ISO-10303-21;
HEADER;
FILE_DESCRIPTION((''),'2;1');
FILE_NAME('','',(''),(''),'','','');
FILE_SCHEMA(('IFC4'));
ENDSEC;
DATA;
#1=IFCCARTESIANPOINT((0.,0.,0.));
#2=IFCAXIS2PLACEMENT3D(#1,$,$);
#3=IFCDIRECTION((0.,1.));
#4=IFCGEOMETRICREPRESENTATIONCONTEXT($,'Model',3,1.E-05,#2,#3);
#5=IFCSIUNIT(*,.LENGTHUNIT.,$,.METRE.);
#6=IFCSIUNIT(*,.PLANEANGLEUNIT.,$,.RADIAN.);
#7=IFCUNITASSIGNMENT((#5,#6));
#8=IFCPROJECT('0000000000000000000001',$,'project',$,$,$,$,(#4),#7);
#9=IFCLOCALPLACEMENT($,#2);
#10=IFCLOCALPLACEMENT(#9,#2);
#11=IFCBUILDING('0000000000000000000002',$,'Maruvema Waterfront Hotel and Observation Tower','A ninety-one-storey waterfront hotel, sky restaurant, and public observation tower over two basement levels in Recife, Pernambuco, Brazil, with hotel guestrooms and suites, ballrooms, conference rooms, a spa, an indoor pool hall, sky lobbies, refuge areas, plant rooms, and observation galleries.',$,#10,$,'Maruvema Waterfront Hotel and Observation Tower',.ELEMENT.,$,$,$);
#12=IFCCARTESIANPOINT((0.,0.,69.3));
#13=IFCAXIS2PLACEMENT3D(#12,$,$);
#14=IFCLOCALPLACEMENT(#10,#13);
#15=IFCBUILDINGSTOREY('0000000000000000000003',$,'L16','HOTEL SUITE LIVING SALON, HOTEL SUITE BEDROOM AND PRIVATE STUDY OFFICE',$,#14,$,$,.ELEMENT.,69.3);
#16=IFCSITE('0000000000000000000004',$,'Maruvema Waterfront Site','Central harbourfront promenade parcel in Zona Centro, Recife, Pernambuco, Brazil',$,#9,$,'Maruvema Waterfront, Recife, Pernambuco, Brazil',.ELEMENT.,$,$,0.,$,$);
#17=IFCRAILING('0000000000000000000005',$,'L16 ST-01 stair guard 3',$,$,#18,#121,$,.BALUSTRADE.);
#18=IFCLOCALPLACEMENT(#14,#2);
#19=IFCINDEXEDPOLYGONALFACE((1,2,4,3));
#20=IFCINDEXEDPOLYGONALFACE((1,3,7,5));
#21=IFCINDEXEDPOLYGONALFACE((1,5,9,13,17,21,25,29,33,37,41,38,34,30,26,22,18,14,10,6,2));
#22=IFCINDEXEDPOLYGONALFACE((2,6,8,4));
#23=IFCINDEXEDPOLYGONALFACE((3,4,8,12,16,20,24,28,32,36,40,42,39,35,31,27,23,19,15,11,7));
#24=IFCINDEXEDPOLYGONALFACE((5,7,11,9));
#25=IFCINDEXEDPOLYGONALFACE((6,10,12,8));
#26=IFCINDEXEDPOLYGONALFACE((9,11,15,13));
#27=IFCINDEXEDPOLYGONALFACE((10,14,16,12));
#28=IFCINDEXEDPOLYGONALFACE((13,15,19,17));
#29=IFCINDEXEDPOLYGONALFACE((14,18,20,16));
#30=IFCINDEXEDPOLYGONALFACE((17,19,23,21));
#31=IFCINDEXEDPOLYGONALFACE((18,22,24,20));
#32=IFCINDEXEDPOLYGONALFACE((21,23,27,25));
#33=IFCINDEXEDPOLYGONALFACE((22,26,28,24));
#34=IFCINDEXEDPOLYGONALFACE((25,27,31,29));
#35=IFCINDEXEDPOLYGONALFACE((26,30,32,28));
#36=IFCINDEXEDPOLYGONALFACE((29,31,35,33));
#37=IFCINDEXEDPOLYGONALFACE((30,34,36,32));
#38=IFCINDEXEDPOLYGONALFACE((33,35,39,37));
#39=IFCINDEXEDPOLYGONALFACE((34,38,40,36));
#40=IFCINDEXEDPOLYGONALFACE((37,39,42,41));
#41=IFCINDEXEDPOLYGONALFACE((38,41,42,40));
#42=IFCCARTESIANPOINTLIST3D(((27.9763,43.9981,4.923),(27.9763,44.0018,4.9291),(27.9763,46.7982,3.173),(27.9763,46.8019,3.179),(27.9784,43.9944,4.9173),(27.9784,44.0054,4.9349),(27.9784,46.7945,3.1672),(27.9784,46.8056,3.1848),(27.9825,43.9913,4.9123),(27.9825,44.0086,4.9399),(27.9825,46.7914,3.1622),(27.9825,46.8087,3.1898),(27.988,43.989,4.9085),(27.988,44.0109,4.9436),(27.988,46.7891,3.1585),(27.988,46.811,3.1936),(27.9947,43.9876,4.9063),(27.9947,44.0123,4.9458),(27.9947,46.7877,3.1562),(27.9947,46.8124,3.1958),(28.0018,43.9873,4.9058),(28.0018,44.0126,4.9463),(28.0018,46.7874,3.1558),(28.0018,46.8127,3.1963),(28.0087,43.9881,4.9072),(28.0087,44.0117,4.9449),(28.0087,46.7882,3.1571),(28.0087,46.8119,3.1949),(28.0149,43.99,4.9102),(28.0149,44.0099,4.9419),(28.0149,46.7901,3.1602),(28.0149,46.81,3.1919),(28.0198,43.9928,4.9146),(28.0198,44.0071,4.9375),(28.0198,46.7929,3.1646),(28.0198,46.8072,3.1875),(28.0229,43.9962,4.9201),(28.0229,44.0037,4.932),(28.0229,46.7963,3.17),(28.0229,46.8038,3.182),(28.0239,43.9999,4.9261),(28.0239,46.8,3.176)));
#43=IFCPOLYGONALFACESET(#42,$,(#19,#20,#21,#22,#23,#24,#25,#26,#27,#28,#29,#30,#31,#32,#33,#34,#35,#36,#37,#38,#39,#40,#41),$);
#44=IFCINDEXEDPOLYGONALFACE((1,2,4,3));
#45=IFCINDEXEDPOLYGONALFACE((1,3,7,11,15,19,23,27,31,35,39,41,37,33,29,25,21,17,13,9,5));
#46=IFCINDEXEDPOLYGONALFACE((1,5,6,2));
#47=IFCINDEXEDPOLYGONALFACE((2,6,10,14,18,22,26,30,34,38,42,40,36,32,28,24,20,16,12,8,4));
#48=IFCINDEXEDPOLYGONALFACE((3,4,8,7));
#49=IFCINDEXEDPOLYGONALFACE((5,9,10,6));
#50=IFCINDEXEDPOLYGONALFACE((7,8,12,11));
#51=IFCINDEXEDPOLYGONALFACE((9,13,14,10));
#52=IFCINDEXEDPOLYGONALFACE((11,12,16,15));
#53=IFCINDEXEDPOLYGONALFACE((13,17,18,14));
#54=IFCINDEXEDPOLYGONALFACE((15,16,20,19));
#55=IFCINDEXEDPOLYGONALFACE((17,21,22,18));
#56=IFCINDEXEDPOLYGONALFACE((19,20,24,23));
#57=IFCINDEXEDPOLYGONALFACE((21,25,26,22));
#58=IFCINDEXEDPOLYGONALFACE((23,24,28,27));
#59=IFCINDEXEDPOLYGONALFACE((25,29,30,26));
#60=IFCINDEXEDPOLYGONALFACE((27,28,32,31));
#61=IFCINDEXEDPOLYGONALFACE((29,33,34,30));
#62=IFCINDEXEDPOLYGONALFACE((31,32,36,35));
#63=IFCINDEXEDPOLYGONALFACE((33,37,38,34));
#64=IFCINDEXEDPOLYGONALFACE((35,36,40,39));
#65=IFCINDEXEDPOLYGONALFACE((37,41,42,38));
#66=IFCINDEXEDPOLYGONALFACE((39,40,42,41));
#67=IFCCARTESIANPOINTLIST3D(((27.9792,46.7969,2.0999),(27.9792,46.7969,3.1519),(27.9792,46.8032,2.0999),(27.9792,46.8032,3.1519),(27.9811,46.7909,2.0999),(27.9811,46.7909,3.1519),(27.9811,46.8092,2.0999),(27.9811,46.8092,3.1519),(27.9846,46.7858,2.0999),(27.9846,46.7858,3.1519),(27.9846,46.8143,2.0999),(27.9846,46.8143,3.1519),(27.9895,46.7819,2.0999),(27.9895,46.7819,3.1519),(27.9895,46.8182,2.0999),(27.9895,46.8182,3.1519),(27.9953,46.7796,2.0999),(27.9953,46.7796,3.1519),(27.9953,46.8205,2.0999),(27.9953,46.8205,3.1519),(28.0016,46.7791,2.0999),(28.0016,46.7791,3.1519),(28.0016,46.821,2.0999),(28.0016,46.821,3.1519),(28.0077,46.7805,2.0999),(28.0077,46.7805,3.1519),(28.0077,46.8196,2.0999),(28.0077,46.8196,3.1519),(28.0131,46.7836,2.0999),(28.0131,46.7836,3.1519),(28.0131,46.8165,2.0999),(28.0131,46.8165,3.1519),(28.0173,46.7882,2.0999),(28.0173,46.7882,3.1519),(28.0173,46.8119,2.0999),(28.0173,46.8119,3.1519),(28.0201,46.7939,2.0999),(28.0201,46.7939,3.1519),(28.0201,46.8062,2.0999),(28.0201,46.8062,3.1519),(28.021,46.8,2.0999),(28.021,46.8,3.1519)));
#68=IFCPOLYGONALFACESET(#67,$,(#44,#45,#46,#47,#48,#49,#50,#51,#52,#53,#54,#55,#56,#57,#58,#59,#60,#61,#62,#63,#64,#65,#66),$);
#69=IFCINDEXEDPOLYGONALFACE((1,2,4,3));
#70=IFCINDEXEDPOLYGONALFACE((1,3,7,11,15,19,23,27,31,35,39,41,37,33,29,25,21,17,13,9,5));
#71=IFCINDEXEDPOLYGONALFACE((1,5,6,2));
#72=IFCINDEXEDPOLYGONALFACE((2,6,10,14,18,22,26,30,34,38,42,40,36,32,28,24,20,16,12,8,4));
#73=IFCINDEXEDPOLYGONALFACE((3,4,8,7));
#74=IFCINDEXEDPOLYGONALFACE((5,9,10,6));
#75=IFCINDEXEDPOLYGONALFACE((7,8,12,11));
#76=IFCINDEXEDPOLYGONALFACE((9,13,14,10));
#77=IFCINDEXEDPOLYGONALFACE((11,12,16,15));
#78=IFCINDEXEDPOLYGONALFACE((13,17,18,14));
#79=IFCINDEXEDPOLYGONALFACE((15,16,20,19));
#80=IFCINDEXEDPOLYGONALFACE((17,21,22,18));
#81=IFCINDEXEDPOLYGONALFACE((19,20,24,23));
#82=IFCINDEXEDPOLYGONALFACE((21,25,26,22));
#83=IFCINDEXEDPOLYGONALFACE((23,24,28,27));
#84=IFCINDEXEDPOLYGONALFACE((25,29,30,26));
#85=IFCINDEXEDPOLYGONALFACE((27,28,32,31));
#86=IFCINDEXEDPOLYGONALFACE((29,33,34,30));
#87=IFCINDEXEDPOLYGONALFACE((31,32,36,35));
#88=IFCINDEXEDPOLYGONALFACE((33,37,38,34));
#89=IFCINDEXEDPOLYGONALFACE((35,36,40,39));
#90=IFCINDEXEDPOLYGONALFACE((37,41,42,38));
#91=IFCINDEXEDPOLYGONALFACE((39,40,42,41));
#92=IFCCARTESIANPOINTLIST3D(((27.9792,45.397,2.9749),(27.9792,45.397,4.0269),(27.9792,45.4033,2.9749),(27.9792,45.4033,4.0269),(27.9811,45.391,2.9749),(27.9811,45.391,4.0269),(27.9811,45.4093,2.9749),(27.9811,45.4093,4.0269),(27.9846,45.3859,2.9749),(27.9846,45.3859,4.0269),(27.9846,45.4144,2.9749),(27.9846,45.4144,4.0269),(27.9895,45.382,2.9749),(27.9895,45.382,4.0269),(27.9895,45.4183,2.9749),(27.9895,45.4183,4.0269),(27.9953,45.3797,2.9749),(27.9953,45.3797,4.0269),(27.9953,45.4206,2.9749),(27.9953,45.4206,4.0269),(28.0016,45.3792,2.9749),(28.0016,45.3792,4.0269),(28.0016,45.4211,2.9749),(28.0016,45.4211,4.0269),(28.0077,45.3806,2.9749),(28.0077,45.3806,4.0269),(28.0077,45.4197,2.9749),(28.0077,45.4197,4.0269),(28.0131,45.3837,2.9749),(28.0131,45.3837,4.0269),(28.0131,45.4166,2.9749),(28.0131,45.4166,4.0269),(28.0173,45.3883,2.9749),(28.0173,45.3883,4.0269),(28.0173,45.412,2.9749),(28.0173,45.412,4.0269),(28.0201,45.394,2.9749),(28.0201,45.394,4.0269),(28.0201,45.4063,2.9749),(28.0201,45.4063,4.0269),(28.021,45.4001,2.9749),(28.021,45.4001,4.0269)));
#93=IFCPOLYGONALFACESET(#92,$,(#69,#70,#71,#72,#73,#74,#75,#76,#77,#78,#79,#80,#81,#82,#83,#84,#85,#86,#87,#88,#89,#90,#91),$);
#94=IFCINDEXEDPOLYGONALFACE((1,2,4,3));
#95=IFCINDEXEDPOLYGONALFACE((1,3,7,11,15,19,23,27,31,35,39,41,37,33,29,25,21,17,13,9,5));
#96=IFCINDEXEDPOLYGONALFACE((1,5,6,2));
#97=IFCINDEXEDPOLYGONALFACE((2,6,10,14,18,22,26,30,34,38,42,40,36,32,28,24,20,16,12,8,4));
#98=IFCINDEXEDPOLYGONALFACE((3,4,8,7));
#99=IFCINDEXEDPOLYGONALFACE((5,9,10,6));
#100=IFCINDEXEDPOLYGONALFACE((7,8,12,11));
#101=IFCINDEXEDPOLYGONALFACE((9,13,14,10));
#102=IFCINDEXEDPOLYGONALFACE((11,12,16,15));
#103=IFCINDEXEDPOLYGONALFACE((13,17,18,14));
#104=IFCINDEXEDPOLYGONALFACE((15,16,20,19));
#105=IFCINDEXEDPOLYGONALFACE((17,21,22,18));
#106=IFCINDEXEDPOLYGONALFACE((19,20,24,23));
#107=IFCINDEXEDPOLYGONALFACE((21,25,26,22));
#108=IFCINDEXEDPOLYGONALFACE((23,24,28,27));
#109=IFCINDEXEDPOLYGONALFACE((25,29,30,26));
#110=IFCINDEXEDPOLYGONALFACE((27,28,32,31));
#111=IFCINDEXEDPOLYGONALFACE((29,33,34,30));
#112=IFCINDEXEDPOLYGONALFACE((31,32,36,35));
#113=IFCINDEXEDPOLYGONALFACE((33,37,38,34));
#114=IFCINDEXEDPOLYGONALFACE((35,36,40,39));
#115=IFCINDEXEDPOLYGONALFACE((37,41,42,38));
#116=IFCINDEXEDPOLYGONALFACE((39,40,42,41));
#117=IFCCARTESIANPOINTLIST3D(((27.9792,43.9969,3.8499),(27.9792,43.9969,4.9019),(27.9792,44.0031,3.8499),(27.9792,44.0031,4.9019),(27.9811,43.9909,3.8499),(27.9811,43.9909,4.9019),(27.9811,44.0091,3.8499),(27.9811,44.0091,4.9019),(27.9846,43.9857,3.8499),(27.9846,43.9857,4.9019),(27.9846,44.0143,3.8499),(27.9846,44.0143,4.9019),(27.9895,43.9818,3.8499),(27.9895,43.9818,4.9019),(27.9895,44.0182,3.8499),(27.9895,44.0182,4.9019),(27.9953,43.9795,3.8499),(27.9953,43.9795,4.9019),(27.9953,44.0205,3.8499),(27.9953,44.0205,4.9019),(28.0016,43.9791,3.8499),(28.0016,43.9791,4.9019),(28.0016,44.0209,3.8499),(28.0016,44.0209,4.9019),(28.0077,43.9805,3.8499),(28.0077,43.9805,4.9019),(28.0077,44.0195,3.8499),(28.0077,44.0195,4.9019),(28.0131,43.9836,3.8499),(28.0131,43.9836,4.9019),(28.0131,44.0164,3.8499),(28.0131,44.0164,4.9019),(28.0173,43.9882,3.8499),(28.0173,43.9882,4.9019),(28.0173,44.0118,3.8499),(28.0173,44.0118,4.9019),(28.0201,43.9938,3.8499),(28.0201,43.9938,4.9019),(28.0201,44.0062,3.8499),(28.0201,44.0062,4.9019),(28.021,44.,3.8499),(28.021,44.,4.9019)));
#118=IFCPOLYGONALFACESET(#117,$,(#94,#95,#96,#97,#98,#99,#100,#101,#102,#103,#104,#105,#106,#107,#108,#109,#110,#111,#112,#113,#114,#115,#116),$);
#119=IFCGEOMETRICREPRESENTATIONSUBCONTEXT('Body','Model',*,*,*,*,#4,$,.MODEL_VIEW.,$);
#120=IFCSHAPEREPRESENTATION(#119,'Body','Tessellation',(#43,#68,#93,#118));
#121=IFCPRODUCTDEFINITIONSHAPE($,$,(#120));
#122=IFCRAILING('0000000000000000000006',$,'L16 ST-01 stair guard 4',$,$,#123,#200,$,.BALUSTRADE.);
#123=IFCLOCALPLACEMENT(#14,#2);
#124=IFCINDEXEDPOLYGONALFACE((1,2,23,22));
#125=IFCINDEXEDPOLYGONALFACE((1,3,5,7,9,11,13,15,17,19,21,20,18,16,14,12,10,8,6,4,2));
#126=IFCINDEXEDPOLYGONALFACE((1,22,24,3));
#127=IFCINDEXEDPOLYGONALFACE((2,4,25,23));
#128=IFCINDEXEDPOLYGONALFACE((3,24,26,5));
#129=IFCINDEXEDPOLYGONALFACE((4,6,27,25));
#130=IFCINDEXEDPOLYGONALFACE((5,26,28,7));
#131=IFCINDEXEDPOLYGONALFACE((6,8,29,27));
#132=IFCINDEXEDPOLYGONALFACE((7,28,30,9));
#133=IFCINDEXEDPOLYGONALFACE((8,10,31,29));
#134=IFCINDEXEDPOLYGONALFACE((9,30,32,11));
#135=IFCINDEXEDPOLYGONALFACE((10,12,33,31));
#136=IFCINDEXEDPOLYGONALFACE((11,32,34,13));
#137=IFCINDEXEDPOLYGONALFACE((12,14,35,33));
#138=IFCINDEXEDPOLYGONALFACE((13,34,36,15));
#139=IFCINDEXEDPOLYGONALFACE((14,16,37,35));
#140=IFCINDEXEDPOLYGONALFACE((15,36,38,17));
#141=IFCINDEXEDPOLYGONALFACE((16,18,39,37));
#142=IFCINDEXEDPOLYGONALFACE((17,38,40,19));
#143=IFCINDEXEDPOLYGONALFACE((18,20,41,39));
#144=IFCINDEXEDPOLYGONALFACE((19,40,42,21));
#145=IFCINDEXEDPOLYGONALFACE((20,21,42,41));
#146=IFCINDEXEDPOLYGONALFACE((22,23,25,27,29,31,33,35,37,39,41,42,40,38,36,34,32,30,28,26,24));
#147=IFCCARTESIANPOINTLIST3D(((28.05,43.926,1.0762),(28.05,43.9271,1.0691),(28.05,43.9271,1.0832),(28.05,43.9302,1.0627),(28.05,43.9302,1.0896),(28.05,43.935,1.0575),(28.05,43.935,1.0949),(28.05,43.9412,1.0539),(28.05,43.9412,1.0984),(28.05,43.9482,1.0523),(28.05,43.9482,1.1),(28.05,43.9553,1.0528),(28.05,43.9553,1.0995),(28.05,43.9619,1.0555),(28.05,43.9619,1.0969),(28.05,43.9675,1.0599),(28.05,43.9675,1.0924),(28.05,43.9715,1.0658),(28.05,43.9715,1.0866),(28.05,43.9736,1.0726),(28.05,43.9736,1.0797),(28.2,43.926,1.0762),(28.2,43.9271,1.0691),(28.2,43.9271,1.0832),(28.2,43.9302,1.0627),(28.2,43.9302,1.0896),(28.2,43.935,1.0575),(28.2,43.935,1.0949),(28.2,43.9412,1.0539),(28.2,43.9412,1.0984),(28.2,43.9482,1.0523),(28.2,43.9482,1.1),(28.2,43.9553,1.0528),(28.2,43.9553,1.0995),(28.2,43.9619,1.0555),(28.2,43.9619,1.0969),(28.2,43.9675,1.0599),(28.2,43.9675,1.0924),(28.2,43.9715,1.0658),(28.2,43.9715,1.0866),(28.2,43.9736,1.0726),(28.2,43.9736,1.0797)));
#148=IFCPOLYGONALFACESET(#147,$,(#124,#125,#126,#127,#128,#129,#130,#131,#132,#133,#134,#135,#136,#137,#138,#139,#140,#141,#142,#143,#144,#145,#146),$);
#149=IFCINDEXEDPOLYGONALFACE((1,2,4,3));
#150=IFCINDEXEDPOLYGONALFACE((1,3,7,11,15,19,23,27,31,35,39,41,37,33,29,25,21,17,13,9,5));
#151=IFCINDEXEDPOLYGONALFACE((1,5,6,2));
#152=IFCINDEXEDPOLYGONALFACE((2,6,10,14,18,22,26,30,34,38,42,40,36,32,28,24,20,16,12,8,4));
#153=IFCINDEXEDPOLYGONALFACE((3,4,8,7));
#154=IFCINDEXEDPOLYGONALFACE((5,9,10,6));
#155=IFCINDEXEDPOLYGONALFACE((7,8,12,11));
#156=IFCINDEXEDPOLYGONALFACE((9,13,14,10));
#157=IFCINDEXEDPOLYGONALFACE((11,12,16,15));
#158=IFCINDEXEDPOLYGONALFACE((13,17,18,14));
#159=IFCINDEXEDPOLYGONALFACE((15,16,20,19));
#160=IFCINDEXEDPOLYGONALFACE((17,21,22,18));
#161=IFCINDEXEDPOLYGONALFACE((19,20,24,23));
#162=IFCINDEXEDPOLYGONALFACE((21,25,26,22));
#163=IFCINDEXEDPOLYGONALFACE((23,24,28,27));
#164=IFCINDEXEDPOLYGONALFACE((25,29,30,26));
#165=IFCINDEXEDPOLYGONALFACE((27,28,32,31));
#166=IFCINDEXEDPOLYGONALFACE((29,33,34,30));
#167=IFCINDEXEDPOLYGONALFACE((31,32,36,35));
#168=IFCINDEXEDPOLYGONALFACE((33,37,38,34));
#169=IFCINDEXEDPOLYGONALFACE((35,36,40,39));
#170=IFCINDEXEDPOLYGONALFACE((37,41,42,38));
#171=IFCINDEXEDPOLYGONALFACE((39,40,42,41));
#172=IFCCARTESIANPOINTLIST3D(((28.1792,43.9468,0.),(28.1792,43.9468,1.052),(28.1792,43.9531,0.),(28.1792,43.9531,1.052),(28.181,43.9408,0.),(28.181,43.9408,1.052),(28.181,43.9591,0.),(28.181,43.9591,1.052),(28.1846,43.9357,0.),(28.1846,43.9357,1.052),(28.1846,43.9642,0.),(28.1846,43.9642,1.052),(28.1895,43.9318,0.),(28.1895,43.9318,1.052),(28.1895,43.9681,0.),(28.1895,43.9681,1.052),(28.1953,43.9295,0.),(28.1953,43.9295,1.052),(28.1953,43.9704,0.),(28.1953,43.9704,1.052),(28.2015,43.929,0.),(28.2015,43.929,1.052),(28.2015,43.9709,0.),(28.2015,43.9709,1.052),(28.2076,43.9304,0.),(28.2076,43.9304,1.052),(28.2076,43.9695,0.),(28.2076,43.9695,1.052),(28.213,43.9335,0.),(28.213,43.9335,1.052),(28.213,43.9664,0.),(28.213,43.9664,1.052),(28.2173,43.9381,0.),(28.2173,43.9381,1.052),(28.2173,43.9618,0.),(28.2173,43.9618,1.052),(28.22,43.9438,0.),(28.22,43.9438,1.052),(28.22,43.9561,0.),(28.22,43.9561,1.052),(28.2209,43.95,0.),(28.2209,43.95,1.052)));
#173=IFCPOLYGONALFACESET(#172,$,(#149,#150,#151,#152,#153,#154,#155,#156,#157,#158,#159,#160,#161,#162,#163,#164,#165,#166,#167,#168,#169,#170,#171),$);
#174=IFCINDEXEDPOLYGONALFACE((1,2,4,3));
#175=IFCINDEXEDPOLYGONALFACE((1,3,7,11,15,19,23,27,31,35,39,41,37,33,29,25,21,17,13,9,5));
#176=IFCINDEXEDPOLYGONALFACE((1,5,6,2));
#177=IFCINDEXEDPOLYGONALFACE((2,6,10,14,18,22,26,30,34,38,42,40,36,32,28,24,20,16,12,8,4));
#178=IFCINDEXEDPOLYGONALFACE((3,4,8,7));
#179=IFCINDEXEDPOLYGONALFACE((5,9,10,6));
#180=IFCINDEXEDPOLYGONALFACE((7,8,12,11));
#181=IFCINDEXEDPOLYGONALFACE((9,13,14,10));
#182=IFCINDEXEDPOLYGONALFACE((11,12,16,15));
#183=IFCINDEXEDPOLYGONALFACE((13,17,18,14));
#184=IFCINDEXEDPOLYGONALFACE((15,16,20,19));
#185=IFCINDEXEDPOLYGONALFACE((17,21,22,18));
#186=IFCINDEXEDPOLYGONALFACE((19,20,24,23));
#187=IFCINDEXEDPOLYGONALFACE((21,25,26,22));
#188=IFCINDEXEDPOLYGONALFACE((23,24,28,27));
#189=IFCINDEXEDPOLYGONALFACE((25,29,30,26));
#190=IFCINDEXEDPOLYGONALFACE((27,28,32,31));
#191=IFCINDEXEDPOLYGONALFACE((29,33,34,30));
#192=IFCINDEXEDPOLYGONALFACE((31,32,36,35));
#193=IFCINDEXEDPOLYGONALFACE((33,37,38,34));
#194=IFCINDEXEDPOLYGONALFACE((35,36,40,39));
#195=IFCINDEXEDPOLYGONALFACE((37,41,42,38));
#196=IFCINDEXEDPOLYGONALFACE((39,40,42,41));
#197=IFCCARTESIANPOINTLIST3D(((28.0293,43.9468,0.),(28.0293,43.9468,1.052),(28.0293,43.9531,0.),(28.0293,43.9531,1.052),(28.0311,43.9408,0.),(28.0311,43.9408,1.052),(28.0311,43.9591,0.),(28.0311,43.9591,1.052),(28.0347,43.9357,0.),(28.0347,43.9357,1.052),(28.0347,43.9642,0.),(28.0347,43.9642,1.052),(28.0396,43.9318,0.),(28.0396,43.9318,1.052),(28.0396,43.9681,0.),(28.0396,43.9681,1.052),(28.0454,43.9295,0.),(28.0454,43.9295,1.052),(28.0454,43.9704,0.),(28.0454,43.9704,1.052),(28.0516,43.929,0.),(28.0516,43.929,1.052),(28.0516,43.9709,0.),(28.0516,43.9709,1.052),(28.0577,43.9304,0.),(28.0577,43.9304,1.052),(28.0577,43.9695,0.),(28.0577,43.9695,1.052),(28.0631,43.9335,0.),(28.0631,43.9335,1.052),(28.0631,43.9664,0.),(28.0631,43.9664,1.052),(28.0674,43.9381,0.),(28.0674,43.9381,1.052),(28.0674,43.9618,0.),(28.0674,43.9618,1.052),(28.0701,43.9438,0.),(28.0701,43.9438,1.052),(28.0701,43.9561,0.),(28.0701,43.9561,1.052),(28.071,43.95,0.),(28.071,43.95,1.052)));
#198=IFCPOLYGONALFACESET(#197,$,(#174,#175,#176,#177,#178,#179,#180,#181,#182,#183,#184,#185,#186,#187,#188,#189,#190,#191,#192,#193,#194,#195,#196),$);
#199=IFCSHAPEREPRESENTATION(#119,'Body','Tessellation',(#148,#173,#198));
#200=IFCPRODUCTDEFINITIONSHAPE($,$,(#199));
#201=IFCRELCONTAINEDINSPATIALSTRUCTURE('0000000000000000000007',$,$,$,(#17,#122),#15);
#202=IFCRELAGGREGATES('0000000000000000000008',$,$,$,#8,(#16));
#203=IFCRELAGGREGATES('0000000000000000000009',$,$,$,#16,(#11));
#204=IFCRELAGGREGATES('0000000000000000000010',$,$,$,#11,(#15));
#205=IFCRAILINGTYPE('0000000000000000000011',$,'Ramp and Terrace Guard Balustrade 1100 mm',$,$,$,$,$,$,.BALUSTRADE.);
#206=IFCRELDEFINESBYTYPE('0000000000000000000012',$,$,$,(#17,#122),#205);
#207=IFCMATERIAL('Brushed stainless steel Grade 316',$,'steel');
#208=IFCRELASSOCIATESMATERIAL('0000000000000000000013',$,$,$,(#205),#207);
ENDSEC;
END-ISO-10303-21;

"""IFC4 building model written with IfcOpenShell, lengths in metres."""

from ifc_helpers import new_model, si_unit, direction, frame, origin, origin_2d, place, context, subcontext, project, spatial, circle, extrude, material, type_object, element, save


model = new_model("IFC4")

# Units and contexts
model_context = context("Model", 3, precision=1e-05, world=origin(), true_north=direction((0.0, 1.0)))
body_context = subcontext(model_context, "Body", "Model", "MODEL_VIEW")
ifc_project = project(units=[si_unit("LENGTHUNIT", "METRE"), si_unit("PLANEANGLEUNIT", "RADIAN")], contexts=[model_context])

# Site, building, storey
site_placement = place(None, origin())
site = spatial("IfcSite", under=ifc_project, at=site_placement, Name="Maruvema Waterfront Site", Description="Central harbourfront promenade parcel in Zona Centro, Recife, Pernambuco, Brazil", LongName="Maruvema Waterfront, Recife, Pernambuco, Brazil", CompositionType="ELEMENT", RefElevation=0.0)
building_placement = place(site_placement, origin())
building = spatial("IfcBuilding", under=site, at=building_placement, Name="Maruvema Waterfront Hotel and Observation Tower", Description="A ninety-one-storey waterfront hotel, sky restaurant, and public observation tower over two basement levels in Recife, Pernambuco, Brazil, with hotel guestrooms and suites, ballrooms, conference rooms, a spa, an indoor pool hall, sky lobbies, refuge areas, plant rooms, and observation galleries.", LongName="Maruvema Waterfront Hotel and Observation Tower", CompositionType="ELEMENT")
storey_placement = place(building_placement, frame((0.0, 0.0, 69.3)))
storey = spatial("IfcBuildingStorey", under=building, at=storey_placement, Name="L16", Description="HOTEL SUITE LIVING SALON, HOTEL SUITE BEDROOM AND PRIVATE STUDY OFFICE", CompositionType="ELEMENT", Elevation=69.3)

# Railings
ifc_material_1 = material(Name="Brushed stainless steel Grade 316", Category="steel")
railing_type_1 = type_object("IfcRailingType", Name="Ramp and Terrace Guard Balustrade 1100 mm", PredefinedType="BALUSTRADE", material=ifc_material_1)
railing_1_placement = place(storey_placement, frame((28.0, 46.8, 2.0999)))
element("IfcRailing", 1, at=railing_1_placement, inside=storey, type_object=railing_type_1, Name="L16 ST-01 stair guard 3", PredefinedType="BALUSTRADE", context=body_context, shape_type="SweptSolid", body=[
    extrude(circle(Radius=0.0239, at=origin_2d()), frame((0.0, 0.0, 1.0762), z_axis=(0.0, -0.848002, 0.529992), x_axis=(1.0, 0.0, 0.0)), (0.0, 0.0, 1.0), 3.302),
    extrude(circle(Radius=0.021, at=origin_2d()), origin(), (0.0, 0.0, 1.0), 1.052),
    extrude(circle(Radius=0.021, at=origin_2d()), frame((0.0, -1.3999, 0.875)), (0.0, 0.0, 1.0), 1.052),
    extrude(circle(Radius=0.021, at=origin_2d()), frame((0.0, -2.8, 1.75)), (0.0, 0.0, 1.0), 1.052),
])
railing_2_placement = place(storey_placement, frame((28.2, 43.95, 0.0)))
element("IfcRailing", 2, at=railing_2_placement, inside=storey, type_object=railing_type_1, Name="L16 ST-01 stair guard 4", PredefinedType="BALUSTRADE", context=body_context, shape_type="SweptSolid", body=[
    extrude(circle(Radius=0.0239, at=origin_2d()), frame((0.0, 0.0, 1.0762), z_axis=(-1.0, 0.0, 0.0), x_axis=(0.0, -1.0, 0.0)), (0.0, 0.0, 1.0), 0.1499),
    extrude(circle(Radius=0.021, at=origin_2d()), origin(), (0.0, 0.0, 1.0), 1.052),
    extrude(circle(Radius=0.021, at=origin_2d()), frame((-0.1499, 0.0, 0.0)), (0.0, 0.0, 1.0), 1.052),
])

save(model, "model.ifc")
